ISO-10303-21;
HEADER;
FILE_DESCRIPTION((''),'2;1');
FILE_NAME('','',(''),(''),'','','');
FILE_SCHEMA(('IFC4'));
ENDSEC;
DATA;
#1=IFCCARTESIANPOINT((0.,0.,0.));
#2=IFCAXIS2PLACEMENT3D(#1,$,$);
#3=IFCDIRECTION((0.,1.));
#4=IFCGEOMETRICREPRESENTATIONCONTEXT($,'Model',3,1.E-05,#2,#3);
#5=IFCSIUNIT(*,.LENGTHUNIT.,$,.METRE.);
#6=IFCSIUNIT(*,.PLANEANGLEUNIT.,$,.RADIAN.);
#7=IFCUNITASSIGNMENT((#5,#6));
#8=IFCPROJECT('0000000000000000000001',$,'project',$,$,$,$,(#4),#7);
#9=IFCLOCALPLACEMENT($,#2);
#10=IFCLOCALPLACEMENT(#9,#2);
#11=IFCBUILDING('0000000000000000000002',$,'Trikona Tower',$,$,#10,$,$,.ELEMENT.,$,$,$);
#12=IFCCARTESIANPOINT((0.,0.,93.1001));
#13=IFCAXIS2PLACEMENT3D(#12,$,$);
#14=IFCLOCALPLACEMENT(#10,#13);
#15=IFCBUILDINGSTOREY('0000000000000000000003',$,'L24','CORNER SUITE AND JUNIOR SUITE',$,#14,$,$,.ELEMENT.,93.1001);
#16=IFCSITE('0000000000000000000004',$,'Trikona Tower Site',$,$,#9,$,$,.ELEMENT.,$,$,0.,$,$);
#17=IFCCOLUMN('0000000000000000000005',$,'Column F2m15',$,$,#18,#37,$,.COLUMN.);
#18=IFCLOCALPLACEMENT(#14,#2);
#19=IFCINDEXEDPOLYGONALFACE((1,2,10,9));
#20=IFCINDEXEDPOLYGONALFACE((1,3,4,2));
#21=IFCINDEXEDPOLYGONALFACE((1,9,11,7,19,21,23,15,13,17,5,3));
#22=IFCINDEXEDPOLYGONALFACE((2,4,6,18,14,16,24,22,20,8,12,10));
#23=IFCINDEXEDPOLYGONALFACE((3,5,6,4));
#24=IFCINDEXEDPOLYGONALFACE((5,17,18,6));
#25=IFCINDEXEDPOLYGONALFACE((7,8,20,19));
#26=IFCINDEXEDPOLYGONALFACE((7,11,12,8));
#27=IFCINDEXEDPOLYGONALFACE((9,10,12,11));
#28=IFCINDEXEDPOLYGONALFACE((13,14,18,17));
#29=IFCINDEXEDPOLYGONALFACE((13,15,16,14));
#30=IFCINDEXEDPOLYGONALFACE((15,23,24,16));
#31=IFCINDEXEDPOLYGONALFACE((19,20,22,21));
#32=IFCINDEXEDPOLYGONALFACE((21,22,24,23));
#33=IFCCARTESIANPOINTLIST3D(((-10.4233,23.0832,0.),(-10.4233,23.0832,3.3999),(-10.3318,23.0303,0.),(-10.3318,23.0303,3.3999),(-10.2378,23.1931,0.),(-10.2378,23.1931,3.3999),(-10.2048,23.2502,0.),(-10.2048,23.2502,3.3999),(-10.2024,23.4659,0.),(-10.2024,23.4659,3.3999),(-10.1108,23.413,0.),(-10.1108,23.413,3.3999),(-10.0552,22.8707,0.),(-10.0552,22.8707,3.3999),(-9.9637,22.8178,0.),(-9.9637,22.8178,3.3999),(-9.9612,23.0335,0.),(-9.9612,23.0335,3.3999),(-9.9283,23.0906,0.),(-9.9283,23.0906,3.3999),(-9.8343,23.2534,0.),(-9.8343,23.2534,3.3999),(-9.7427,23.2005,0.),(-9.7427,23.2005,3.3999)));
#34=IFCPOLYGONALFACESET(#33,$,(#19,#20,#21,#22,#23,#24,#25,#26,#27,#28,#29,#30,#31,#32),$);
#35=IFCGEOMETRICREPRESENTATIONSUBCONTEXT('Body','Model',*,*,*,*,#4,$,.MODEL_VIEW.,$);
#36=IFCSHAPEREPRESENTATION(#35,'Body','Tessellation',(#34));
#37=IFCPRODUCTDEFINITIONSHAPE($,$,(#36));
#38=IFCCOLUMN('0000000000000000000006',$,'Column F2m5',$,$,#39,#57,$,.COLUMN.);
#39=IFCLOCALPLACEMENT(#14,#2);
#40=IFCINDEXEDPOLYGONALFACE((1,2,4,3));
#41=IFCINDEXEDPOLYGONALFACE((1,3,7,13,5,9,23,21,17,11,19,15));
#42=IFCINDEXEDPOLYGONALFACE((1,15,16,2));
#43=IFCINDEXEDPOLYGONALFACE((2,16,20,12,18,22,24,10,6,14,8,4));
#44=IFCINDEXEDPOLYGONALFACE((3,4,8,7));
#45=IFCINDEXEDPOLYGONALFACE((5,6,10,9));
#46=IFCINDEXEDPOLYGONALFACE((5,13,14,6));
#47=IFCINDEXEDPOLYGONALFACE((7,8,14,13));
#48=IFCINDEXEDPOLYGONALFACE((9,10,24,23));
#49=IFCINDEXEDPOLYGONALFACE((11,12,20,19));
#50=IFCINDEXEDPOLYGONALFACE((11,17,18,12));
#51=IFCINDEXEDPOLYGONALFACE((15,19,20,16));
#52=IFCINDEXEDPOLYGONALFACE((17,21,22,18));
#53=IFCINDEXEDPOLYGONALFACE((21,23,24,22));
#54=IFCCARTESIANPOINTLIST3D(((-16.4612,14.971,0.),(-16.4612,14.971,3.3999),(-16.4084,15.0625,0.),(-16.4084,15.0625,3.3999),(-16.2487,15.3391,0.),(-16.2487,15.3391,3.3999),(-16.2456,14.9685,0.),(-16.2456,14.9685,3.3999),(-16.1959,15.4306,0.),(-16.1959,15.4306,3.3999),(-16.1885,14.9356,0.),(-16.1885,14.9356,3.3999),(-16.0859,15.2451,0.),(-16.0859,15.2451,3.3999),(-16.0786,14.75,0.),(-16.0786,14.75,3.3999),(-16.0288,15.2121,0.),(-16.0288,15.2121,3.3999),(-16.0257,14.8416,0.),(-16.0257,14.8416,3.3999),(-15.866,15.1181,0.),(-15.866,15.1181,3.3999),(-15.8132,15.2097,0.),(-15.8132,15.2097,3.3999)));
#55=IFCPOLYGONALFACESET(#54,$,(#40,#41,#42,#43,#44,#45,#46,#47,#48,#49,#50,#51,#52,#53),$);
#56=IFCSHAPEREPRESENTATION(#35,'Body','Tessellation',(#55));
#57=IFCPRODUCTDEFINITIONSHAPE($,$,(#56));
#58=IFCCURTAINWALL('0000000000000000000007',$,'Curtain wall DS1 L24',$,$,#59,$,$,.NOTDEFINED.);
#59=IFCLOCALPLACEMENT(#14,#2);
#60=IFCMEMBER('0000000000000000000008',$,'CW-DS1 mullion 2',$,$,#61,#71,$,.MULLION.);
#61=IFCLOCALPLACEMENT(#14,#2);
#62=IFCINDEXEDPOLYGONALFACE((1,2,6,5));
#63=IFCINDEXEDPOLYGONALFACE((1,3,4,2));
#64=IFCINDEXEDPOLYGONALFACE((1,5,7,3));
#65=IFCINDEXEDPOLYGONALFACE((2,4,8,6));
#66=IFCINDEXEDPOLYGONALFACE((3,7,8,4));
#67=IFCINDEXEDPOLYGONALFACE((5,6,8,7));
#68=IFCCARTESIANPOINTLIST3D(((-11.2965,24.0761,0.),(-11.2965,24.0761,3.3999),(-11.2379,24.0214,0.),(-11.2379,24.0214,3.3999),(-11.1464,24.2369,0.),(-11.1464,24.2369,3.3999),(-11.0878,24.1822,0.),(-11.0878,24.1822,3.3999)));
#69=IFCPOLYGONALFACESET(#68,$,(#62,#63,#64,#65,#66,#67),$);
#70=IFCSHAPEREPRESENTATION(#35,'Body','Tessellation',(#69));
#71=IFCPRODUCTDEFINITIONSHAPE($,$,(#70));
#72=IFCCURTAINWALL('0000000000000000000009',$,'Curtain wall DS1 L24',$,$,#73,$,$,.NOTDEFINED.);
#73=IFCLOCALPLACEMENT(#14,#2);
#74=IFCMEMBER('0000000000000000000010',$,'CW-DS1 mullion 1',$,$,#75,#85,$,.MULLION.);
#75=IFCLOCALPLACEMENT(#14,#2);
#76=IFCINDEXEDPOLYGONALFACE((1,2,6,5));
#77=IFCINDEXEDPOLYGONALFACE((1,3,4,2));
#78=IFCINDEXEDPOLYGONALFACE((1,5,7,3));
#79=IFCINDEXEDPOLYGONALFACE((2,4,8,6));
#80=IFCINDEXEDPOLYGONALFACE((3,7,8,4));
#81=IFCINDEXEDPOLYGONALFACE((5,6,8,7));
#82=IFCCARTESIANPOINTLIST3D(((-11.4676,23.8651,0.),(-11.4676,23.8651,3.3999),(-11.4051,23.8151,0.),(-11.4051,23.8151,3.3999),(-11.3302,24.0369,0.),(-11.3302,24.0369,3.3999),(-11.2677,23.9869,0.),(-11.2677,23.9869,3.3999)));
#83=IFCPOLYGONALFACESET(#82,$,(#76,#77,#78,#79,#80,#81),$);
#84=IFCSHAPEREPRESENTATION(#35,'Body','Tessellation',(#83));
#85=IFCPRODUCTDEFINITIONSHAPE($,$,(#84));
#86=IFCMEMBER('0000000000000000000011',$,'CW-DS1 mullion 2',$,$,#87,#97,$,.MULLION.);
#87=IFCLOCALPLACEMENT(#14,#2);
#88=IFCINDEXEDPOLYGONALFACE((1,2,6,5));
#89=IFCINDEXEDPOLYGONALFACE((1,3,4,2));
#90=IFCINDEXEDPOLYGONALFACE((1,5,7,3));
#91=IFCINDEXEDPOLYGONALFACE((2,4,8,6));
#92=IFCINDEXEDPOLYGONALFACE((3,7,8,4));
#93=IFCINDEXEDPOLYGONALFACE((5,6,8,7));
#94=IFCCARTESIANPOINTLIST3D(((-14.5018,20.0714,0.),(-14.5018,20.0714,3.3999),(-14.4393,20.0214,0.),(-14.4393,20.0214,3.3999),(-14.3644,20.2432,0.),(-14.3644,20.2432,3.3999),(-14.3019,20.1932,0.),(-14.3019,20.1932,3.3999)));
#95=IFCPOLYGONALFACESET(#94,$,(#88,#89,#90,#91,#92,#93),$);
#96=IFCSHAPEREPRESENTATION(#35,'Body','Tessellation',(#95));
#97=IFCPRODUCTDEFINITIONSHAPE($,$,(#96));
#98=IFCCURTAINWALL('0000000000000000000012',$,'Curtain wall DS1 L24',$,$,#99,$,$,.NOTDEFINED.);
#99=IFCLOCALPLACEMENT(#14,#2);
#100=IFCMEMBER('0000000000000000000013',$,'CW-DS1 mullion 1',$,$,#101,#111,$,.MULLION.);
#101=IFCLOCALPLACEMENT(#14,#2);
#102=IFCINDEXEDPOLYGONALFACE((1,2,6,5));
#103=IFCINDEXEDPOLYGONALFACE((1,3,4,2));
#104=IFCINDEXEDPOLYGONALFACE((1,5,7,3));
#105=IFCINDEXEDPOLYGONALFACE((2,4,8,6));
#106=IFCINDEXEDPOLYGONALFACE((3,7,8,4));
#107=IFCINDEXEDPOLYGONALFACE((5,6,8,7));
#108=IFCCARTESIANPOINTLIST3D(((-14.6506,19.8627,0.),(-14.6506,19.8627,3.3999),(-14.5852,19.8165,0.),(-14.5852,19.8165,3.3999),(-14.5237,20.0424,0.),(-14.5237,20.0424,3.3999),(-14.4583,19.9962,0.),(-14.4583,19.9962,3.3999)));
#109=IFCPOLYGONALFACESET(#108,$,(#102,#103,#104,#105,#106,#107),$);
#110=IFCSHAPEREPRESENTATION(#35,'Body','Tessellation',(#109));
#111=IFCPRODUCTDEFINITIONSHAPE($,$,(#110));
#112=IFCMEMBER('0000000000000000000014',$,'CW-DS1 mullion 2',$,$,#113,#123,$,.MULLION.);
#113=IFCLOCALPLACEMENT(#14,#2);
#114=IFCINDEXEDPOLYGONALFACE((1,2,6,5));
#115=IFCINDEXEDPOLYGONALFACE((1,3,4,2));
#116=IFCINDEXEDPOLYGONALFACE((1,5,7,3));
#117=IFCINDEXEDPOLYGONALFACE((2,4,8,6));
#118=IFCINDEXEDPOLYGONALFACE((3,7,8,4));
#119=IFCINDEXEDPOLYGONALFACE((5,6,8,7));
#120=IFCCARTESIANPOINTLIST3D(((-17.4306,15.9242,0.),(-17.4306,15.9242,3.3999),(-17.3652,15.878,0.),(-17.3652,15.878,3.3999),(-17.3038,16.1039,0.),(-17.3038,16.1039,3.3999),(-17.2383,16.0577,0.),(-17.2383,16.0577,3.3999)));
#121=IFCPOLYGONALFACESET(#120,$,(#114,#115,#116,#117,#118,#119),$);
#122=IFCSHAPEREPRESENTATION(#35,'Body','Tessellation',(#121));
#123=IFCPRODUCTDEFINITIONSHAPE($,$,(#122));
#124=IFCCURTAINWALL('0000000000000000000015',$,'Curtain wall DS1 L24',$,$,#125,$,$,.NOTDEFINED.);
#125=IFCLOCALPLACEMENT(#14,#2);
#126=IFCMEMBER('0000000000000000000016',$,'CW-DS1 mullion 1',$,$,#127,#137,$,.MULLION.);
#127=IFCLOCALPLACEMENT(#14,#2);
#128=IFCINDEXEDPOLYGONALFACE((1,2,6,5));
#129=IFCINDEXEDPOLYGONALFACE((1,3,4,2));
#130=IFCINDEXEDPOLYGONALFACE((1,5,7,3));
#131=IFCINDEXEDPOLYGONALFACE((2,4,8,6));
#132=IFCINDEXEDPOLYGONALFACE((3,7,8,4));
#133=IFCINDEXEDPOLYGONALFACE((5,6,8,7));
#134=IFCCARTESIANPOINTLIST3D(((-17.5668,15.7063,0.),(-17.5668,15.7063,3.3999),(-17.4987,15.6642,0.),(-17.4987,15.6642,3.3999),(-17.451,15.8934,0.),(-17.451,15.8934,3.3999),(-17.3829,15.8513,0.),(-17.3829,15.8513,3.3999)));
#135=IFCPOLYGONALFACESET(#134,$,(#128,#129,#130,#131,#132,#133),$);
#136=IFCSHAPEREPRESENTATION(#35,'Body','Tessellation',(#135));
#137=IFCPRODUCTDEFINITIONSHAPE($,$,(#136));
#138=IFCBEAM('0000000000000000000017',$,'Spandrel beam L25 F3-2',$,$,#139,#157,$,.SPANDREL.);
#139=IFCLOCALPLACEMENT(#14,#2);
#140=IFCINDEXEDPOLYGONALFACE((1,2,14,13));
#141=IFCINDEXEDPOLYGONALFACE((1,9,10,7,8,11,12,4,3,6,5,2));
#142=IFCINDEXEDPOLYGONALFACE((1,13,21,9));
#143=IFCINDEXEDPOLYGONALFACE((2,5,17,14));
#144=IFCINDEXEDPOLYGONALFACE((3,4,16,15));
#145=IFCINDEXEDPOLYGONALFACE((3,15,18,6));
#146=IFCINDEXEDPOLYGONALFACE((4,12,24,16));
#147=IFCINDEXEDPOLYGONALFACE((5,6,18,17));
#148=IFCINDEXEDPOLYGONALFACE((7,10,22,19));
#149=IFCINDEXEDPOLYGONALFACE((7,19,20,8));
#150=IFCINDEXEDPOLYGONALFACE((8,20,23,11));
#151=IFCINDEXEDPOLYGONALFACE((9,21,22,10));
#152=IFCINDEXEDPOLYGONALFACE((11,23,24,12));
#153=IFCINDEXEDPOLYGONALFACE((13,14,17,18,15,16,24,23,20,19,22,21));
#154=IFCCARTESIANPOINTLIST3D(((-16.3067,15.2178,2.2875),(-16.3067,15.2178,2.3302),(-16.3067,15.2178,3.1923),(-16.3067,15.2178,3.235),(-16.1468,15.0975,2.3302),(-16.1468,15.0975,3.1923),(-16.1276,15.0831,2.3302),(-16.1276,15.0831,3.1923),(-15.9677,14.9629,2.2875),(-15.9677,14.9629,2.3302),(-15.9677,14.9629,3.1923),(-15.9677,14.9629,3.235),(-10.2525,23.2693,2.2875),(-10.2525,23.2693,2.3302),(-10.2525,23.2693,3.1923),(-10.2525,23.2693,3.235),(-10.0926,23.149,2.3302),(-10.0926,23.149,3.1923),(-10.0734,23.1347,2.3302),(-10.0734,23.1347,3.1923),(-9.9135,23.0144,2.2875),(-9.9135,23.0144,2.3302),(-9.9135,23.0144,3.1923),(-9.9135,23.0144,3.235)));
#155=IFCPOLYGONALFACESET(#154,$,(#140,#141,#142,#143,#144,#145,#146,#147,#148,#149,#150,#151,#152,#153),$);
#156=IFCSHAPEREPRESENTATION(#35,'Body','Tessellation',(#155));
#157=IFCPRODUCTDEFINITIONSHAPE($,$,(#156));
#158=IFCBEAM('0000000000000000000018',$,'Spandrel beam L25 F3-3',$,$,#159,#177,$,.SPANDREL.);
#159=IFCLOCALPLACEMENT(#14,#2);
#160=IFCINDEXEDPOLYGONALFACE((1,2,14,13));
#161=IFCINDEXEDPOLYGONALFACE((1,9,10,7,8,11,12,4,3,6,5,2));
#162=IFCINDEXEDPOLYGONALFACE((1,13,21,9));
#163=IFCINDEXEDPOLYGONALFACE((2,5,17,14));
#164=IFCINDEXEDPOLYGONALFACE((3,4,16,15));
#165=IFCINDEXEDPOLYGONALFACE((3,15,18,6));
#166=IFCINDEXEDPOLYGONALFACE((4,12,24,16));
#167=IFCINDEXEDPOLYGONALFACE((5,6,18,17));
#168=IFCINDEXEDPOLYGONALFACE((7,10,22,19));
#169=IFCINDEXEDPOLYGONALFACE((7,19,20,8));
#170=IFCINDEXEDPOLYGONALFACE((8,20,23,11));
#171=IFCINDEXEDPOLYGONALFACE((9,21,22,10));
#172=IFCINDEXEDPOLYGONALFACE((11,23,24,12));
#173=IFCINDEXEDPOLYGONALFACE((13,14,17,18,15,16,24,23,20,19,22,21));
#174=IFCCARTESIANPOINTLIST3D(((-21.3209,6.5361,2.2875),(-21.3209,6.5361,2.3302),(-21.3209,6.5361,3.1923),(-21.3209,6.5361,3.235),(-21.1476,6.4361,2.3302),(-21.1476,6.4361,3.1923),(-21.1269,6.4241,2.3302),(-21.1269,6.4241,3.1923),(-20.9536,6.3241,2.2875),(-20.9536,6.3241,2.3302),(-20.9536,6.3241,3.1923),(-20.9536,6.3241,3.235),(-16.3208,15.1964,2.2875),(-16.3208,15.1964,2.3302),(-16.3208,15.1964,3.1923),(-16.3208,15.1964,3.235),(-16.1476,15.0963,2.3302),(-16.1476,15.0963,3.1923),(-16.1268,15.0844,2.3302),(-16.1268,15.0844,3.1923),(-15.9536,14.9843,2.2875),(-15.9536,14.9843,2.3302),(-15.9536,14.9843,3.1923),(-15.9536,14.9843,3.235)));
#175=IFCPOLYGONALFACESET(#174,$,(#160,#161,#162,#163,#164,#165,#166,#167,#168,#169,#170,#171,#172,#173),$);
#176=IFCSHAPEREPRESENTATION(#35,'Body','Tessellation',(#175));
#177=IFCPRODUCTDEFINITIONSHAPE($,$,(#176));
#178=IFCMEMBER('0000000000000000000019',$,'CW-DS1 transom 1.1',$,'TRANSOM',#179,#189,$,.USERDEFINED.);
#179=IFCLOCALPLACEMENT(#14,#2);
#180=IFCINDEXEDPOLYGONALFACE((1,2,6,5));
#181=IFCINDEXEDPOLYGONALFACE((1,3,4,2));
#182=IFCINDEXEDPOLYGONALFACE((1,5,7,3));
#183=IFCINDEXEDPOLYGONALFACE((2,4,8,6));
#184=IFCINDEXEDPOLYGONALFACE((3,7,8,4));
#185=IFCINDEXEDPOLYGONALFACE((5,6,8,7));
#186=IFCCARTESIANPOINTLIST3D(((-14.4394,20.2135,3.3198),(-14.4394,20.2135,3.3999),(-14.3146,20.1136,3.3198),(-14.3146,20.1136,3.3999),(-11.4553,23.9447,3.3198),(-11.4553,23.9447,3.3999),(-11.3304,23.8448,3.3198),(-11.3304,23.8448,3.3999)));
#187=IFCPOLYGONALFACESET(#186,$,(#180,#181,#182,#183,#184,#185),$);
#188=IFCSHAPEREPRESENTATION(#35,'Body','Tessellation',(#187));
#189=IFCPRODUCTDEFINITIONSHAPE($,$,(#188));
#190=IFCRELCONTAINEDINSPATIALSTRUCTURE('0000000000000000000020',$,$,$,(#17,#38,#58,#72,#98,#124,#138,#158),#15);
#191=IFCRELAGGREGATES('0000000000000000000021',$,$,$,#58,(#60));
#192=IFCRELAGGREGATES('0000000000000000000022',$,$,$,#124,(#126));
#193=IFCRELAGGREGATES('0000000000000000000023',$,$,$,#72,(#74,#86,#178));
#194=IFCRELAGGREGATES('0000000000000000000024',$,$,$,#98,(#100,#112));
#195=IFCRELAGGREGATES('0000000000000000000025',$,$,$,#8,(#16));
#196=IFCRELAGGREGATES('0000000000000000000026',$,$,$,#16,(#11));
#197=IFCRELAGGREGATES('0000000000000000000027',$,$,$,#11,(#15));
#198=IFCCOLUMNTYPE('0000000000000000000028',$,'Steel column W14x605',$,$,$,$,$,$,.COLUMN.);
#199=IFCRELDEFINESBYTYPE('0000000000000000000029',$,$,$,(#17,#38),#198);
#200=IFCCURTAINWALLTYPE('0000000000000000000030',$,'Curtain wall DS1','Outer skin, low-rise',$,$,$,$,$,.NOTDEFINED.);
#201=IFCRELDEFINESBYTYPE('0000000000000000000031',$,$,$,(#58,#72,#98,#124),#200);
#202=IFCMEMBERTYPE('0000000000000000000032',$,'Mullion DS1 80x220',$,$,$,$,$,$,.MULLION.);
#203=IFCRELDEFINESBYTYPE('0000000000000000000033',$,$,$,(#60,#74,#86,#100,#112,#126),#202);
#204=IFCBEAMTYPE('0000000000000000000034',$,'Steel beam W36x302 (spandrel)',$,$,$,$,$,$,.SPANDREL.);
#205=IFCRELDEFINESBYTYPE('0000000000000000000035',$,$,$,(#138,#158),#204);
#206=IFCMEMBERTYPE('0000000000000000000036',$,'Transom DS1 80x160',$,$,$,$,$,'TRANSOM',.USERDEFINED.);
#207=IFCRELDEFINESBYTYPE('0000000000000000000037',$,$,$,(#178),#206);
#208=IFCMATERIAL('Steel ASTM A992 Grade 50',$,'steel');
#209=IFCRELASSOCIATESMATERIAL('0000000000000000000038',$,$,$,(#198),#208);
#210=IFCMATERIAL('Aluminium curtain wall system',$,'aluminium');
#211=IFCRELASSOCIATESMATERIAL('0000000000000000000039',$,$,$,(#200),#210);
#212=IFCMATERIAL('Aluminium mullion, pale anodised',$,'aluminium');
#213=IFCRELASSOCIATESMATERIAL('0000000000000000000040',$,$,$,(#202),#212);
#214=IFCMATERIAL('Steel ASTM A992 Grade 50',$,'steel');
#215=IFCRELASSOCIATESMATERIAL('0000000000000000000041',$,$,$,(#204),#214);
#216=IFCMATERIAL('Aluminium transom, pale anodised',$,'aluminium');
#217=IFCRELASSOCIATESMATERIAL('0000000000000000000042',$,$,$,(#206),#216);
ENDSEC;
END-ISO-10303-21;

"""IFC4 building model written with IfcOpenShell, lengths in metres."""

from ifc_helpers import new_model, si_unit, direction, frame, origin, origin_2d, place, context, subcontext, project, spatial, rectangle, i_section, extrude, material, material_profile, profile_set, type_object, element, aggregate, save


model = new_model("IFC4")

# Units and contexts
model_context = context("Model", 3, precision=1e-05, world=origin(), true_north=direction((0.0, 1.0)))
body_context = subcontext(model_context, "Body", "Model", "MODEL_VIEW")
ifc_project = project(units=[si_unit("LENGTHUNIT", "METRE"), si_unit("PLANEANGLEUNIT", "RADIAN")], contexts=[model_context])

# Site, building, storey
site_placement = place(None, origin())
site = spatial("IfcSite", under=ifc_project, at=site_placement, Name="Trikona Tower Site", CompositionType="ELEMENT", RefElevation=0.0)
building_placement = place(site_placement, origin())
building = spatial("IfcBuilding", under=site, at=building_placement, Name="Trikona Tower", CompositionType="ELEMENT")
storey_placement = place(building_placement, frame((0.0, 0.0, 93.1001)))
storey = spatial("IfcBuildingStorey", under=building, at=storey_placement, Name="L24", Description="CORNER SUITE AND JUNIOR SUITE", CompositionType="ELEMENT", Elevation=93.1001)

# Columns
ifc_material_1 = material(Name="Steel ASTM A992 Grade 50", Category="steel")
ifc_material_profile_1 = material_profile(ifc_material_1, i_section(OverallWidth=0.4419, OverallDepth=0.5308, WebThickness=0.0659, FlangeThickness=0.1057, at=origin_2d()), Name="W14X605")
ifc_profile_set_1 = profile_set([ifc_material_profile_1], Name="Steel ASTM A992 Grade 50")
column_type = type_object("IfcColumnType", Name="Steel column W14x605", PredefinedType="COLUMN", material=ifc_profile_set_1)
for number, where, z_axis, x_axis, name in (
    (1, (-10.083, 23.1418, 0.0), (0.0, 0.0, 1.0), (-0.5, -0.866025, 0.0), "Column F2m15"),
    (2, (-16.1372, 15.0903, 0.0), (0.0, 0.0, 1.0), (-0.866025, 0.5, 0.0), "Column F2m5"),
):
    element("IfcColumn", number, at=place(storey_placement, frame(where, z_axis=z_axis, x_axis=x_axis)), inside=storey, type_object=column_type, Name=name, PredefinedType="COLUMN", context=body_context, shape_type="SweptSolid", body=[
        extrude(i_section(OverallWidth=0.4419, OverallDepth=0.5308, WebThickness=0.0659, FlangeThickness=0.1057, at=origin_2d()), origin(), (0.0, 0.0, 1.0), 3.3999),
    ])

# Curtain wall, member
ifc_material_2 = material(Name="Aluminium curtain wall system", Category="aluminium")
curtain_wall_type = type_object("IfcCurtainWallType", Name="Curtain wall DS1", Description="Outer skin, low-rise", PredefinedType="NOTDEFINED", material=ifc_material_2)
curtain_wall_1_placement = place(storey_placement, origin())
curtain_wall_1 = element("IfcCurtainWall", 3, at=curtain_wall_1_placement, inside=storey, type_object=curtain_wall_type, Name="Curtain wall DS1 L24", PredefinedType="NOTDEFINED")
ifc_material_3 = material(Name="Aluminium mullion, pale anodised", Category="aluminium")
ifc_material_profile_2 = material_profile(ifc_material_3, rectangle(XDim=0.0801, YDim=0.22, at=origin_2d()), Name="MUL-DS1")
ifc_profile_set_2 = profile_set([ifc_material_profile_2], Name="Aluminium mullion, pale anodised")
member_type_1 = type_object("IfcMemberType", Name="Mullion DS1 80x220", PredefinedType="MULLION", material=ifc_profile_set_2)
member_1_placement = place(storey_placement, frame((-11.1921, 24.1292, 0.0), z_axis=(0.0, 0.0, 1.0), x_axis=(0.731077, -0.682295, 0.0)))
member_1 = element("IfcMember", 4, at=member_1_placement, type_object=member_type_1, Name="CW-DS1 mullion 2", PredefinedType="MULLION", context=body_context, shape_type="SweptSolid", body=[
    extrude(rectangle(XDim=0.0801, YDim=0.22, at=origin_2d()), origin(), (0.0, 0.0, 1.0), 3.3999),
])
aggregate(curtain_wall_1, [member_1])

# Curtain walls, members
curtain_wall_2_placement = place(storey_placement, origin())
curtain_wall_2 = element("IfcCurtainWall", 5, at=curtain_wall_2_placement, inside=storey, type_object=curtain_wall_type, Name="Curtain wall DS1 L24", PredefinedType="NOTDEFINED")
member_2_placement = place(storey_placement, frame((-11.3677, 23.926, 0.0), z_axis=(0.0, 0.0, 1.0), x_axis=(0.780938, -0.624609, 0.0)))
member_2 = element("IfcMember", 6, at=member_2_placement, type_object=member_type_1, Name="CW-DS1 mullion 1", PredefinedType="MULLION", context=body_context, shape_type="SweptSolid", body=[
    extrude(rectangle(XDim=0.0801, YDim=0.22, at=origin_2d()), origin(), (0.0, 0.0, 1.0), 3.3999),
])
member_3_placement = place(storey_placement, frame((-14.4019, 20.1323, 0.0), z_axis=(0.0, 0.0, 1.0), x_axis=(0.780938, -0.624609, 0.0)))
member_3 = element("IfcMember", 7, at=member_3_placement, type_object=member_type_1, Name="CW-DS1 mullion 2", PredefinedType="MULLION", context=body_context, shape_type="SweptSolid", body=[
    extrude(rectangle(XDim=0.0801, YDim=0.22, at=origin_2d()), origin(), (0.0, 0.0, 1.0), 3.3999),
])
curtain_wall_3_placement = place(storey_placement, origin())
curtain_wall_3 = element("IfcCurtainWall", 8, at=curtain_wall_3_placement, inside=storey, type_object=curtain_wall_type, Name="Curtain wall DS1 L24", PredefinedType="NOTDEFINED")
member_4_placement = place(storey_placement, frame((-14.5544, 19.9294, 0.0), z_axis=(0.0, 0.0, 1.0), x_axis=(0.816985, -0.576658, 0.0)))
member_4 = element("IfcMember", 9, at=member_4_placement, type_object=member_type_1, Name="CW-DS1 mullion 1", PredefinedType="MULLION", context=body_context, shape_type="SweptSolid", body=[
    extrude(rectangle(XDim=0.0801, YDim=0.22, at=origin_2d()), origin(), (0.0, 0.0, 1.0), 3.3999),
])
member_5_placement = place(storey_placement, frame((-17.3345, 15.991, 0.0), z_axis=(0.0, 0.0, 1.0), x_axis=(0.816985, -0.576658, 0.0)))
member_5 = element("IfcMember", 10, at=member_5_placement, type_object=member_type_1, Name="CW-DS1 mullion 2", PredefinedType="MULLION", context=body_context, shape_type="SweptSolid", body=[
    extrude(rectangle(XDim=0.0801, YDim=0.22, at=origin_2d()), origin(), (0.0, 0.0, 1.0), 3.3999),
])

# Curtain wall, member
curtain_wall_4_placement = place(storey_placement, origin())
curtain_wall_4 = element("IfcCurtainWall", 11, at=curtain_wall_4_placement, inside=storey, type_object=curtain_wall_type, Name="Curtain wall DS1 L24", PredefinedType="NOTDEFINED")
member_6_placement = place(storey_placement, frame((-17.4749, 15.7788, 0.0), z_axis=(0.0, 0.0, 1.0), x_axis=(0.85041, -0.52612, 0.0)))
member_6 = element("IfcMember", 12, at=member_6_placement, type_object=member_type_1, Name="CW-DS1 mullion 1", PredefinedType="MULLION", context=body_context, shape_type="SweptSolid", body=[
    extrude(rectangle(XDim=0.0801, YDim=0.22, at=origin_2d()), origin(), (0.0, 0.0, 1.0), 3.3999),
])

# Beams
ifc_material_4 = material(Name="Steel ASTM A992 Grade 50", Category="steel")
ifc_material_profile_3 = material_profile(ifc_material_4, i_section(OverallWidth=0.4241, OverallDepth=0.9475, WebThickness=0.0239, FlangeThickness=0.0427, at=origin_2d()), Name="W36X302")
ifc_profile_set_3 = profile_set([ifc_material_profile_3], Name="Steel ASTM A992 Grade 50")
beam_type = type_object("IfcBeamType", Name="Steel beam W36x302 (spandrel)", PredefinedType="SPANDREL", material=ifc_profile_set_3)
beam_1_placement = place(storey_placement, frame((-10.083, 23.1418, 2.7612), z_axis=(-0.600988, -0.799258, 0.0), x_axis=(0.799258, -0.600988, 0.0)))
element("IfcBeam", 13, at=beam_1_placement, inside=storey, type_object=beam_type, Name="Spandrel beam L25 F3-2", PredefinedType="SPANDREL", context=body_context, shape_type="SweptSolid", body=[
    extrude(i_section(OverallWidth=0.4241, OverallDepth=0.9475, WebThickness=0.0239, FlangeThickness=0.0427, at=origin_2d()), origin(), (0.0, 0.0, 1.0), 10.0737),
])
beam_2_placement = place(storey_placement, frame((-16.1372, 15.0903, 2.7612), z_axis=(-0.500004, -0.866023, 0.0), x_axis=(0.866023, -0.500004, 0.0)))
element("IfcBeam", 14, at=beam_2_placement, inside=storey, type_object=beam_type, Name="Spandrel beam L25 F3-3", PredefinedType="SPANDREL", context=body_context, shape_type="SweptSolid", body=[
    extrude(i_section(OverallWidth=0.4241, OverallDepth=0.9475, WebThickness=0.0239, FlangeThickness=0.0427, at=origin_2d()), origin(), (0.0, 0.0, 1.0), 10.0),
])

# Member
ifc_material_5 = material(Name="Aluminium transom, pale anodised", Category="aluminium")
ifc_material_profile_4 = material_profile(ifc_material_5, rectangle(XDim=0.1599, YDim=0.0801, at=origin_2d()), Name="TRN-DS1")
ifc_profile_set_4 = profile_set([ifc_material_profile_4], Name="Aluminium transom, pale anodised")
member_type_2 = type_object("IfcMemberType", Name="Transom DS1 80x160", ElementType="TRANSOM", PredefinedType="USERDEFINED", material=ifc_profile_set_4)
member_7_placement = place(storey_placement, frame((-11.3928, 23.8948, 3.3599), z_axis=(-0.624589, -0.780954, 0.0), x_axis=(0.780954, -0.624589, 0.0)))
member_7 = element("IfcMember", 15, at=member_7_placement, type_object=member_type_2, Name="CW-DS1 transom 1.1", ObjectType="TRANSOM", PredefinedType="USERDEFINED", context=body_context, shape_type="SweptSolid", body=[
    extrude(rectangle(XDim=0.1599, YDim=0.0801, at=origin_2d()), origin(), (0.0, 0.0, 1.0), 4.7778),
])
aggregate(curtain_wall_4, [member_6])

aggregate(curtain_wall_2, [member_2, member_3, member_7])
aggregate(curtain_wall_3, [member_4, member_5])

save(model, "model.ifc")
